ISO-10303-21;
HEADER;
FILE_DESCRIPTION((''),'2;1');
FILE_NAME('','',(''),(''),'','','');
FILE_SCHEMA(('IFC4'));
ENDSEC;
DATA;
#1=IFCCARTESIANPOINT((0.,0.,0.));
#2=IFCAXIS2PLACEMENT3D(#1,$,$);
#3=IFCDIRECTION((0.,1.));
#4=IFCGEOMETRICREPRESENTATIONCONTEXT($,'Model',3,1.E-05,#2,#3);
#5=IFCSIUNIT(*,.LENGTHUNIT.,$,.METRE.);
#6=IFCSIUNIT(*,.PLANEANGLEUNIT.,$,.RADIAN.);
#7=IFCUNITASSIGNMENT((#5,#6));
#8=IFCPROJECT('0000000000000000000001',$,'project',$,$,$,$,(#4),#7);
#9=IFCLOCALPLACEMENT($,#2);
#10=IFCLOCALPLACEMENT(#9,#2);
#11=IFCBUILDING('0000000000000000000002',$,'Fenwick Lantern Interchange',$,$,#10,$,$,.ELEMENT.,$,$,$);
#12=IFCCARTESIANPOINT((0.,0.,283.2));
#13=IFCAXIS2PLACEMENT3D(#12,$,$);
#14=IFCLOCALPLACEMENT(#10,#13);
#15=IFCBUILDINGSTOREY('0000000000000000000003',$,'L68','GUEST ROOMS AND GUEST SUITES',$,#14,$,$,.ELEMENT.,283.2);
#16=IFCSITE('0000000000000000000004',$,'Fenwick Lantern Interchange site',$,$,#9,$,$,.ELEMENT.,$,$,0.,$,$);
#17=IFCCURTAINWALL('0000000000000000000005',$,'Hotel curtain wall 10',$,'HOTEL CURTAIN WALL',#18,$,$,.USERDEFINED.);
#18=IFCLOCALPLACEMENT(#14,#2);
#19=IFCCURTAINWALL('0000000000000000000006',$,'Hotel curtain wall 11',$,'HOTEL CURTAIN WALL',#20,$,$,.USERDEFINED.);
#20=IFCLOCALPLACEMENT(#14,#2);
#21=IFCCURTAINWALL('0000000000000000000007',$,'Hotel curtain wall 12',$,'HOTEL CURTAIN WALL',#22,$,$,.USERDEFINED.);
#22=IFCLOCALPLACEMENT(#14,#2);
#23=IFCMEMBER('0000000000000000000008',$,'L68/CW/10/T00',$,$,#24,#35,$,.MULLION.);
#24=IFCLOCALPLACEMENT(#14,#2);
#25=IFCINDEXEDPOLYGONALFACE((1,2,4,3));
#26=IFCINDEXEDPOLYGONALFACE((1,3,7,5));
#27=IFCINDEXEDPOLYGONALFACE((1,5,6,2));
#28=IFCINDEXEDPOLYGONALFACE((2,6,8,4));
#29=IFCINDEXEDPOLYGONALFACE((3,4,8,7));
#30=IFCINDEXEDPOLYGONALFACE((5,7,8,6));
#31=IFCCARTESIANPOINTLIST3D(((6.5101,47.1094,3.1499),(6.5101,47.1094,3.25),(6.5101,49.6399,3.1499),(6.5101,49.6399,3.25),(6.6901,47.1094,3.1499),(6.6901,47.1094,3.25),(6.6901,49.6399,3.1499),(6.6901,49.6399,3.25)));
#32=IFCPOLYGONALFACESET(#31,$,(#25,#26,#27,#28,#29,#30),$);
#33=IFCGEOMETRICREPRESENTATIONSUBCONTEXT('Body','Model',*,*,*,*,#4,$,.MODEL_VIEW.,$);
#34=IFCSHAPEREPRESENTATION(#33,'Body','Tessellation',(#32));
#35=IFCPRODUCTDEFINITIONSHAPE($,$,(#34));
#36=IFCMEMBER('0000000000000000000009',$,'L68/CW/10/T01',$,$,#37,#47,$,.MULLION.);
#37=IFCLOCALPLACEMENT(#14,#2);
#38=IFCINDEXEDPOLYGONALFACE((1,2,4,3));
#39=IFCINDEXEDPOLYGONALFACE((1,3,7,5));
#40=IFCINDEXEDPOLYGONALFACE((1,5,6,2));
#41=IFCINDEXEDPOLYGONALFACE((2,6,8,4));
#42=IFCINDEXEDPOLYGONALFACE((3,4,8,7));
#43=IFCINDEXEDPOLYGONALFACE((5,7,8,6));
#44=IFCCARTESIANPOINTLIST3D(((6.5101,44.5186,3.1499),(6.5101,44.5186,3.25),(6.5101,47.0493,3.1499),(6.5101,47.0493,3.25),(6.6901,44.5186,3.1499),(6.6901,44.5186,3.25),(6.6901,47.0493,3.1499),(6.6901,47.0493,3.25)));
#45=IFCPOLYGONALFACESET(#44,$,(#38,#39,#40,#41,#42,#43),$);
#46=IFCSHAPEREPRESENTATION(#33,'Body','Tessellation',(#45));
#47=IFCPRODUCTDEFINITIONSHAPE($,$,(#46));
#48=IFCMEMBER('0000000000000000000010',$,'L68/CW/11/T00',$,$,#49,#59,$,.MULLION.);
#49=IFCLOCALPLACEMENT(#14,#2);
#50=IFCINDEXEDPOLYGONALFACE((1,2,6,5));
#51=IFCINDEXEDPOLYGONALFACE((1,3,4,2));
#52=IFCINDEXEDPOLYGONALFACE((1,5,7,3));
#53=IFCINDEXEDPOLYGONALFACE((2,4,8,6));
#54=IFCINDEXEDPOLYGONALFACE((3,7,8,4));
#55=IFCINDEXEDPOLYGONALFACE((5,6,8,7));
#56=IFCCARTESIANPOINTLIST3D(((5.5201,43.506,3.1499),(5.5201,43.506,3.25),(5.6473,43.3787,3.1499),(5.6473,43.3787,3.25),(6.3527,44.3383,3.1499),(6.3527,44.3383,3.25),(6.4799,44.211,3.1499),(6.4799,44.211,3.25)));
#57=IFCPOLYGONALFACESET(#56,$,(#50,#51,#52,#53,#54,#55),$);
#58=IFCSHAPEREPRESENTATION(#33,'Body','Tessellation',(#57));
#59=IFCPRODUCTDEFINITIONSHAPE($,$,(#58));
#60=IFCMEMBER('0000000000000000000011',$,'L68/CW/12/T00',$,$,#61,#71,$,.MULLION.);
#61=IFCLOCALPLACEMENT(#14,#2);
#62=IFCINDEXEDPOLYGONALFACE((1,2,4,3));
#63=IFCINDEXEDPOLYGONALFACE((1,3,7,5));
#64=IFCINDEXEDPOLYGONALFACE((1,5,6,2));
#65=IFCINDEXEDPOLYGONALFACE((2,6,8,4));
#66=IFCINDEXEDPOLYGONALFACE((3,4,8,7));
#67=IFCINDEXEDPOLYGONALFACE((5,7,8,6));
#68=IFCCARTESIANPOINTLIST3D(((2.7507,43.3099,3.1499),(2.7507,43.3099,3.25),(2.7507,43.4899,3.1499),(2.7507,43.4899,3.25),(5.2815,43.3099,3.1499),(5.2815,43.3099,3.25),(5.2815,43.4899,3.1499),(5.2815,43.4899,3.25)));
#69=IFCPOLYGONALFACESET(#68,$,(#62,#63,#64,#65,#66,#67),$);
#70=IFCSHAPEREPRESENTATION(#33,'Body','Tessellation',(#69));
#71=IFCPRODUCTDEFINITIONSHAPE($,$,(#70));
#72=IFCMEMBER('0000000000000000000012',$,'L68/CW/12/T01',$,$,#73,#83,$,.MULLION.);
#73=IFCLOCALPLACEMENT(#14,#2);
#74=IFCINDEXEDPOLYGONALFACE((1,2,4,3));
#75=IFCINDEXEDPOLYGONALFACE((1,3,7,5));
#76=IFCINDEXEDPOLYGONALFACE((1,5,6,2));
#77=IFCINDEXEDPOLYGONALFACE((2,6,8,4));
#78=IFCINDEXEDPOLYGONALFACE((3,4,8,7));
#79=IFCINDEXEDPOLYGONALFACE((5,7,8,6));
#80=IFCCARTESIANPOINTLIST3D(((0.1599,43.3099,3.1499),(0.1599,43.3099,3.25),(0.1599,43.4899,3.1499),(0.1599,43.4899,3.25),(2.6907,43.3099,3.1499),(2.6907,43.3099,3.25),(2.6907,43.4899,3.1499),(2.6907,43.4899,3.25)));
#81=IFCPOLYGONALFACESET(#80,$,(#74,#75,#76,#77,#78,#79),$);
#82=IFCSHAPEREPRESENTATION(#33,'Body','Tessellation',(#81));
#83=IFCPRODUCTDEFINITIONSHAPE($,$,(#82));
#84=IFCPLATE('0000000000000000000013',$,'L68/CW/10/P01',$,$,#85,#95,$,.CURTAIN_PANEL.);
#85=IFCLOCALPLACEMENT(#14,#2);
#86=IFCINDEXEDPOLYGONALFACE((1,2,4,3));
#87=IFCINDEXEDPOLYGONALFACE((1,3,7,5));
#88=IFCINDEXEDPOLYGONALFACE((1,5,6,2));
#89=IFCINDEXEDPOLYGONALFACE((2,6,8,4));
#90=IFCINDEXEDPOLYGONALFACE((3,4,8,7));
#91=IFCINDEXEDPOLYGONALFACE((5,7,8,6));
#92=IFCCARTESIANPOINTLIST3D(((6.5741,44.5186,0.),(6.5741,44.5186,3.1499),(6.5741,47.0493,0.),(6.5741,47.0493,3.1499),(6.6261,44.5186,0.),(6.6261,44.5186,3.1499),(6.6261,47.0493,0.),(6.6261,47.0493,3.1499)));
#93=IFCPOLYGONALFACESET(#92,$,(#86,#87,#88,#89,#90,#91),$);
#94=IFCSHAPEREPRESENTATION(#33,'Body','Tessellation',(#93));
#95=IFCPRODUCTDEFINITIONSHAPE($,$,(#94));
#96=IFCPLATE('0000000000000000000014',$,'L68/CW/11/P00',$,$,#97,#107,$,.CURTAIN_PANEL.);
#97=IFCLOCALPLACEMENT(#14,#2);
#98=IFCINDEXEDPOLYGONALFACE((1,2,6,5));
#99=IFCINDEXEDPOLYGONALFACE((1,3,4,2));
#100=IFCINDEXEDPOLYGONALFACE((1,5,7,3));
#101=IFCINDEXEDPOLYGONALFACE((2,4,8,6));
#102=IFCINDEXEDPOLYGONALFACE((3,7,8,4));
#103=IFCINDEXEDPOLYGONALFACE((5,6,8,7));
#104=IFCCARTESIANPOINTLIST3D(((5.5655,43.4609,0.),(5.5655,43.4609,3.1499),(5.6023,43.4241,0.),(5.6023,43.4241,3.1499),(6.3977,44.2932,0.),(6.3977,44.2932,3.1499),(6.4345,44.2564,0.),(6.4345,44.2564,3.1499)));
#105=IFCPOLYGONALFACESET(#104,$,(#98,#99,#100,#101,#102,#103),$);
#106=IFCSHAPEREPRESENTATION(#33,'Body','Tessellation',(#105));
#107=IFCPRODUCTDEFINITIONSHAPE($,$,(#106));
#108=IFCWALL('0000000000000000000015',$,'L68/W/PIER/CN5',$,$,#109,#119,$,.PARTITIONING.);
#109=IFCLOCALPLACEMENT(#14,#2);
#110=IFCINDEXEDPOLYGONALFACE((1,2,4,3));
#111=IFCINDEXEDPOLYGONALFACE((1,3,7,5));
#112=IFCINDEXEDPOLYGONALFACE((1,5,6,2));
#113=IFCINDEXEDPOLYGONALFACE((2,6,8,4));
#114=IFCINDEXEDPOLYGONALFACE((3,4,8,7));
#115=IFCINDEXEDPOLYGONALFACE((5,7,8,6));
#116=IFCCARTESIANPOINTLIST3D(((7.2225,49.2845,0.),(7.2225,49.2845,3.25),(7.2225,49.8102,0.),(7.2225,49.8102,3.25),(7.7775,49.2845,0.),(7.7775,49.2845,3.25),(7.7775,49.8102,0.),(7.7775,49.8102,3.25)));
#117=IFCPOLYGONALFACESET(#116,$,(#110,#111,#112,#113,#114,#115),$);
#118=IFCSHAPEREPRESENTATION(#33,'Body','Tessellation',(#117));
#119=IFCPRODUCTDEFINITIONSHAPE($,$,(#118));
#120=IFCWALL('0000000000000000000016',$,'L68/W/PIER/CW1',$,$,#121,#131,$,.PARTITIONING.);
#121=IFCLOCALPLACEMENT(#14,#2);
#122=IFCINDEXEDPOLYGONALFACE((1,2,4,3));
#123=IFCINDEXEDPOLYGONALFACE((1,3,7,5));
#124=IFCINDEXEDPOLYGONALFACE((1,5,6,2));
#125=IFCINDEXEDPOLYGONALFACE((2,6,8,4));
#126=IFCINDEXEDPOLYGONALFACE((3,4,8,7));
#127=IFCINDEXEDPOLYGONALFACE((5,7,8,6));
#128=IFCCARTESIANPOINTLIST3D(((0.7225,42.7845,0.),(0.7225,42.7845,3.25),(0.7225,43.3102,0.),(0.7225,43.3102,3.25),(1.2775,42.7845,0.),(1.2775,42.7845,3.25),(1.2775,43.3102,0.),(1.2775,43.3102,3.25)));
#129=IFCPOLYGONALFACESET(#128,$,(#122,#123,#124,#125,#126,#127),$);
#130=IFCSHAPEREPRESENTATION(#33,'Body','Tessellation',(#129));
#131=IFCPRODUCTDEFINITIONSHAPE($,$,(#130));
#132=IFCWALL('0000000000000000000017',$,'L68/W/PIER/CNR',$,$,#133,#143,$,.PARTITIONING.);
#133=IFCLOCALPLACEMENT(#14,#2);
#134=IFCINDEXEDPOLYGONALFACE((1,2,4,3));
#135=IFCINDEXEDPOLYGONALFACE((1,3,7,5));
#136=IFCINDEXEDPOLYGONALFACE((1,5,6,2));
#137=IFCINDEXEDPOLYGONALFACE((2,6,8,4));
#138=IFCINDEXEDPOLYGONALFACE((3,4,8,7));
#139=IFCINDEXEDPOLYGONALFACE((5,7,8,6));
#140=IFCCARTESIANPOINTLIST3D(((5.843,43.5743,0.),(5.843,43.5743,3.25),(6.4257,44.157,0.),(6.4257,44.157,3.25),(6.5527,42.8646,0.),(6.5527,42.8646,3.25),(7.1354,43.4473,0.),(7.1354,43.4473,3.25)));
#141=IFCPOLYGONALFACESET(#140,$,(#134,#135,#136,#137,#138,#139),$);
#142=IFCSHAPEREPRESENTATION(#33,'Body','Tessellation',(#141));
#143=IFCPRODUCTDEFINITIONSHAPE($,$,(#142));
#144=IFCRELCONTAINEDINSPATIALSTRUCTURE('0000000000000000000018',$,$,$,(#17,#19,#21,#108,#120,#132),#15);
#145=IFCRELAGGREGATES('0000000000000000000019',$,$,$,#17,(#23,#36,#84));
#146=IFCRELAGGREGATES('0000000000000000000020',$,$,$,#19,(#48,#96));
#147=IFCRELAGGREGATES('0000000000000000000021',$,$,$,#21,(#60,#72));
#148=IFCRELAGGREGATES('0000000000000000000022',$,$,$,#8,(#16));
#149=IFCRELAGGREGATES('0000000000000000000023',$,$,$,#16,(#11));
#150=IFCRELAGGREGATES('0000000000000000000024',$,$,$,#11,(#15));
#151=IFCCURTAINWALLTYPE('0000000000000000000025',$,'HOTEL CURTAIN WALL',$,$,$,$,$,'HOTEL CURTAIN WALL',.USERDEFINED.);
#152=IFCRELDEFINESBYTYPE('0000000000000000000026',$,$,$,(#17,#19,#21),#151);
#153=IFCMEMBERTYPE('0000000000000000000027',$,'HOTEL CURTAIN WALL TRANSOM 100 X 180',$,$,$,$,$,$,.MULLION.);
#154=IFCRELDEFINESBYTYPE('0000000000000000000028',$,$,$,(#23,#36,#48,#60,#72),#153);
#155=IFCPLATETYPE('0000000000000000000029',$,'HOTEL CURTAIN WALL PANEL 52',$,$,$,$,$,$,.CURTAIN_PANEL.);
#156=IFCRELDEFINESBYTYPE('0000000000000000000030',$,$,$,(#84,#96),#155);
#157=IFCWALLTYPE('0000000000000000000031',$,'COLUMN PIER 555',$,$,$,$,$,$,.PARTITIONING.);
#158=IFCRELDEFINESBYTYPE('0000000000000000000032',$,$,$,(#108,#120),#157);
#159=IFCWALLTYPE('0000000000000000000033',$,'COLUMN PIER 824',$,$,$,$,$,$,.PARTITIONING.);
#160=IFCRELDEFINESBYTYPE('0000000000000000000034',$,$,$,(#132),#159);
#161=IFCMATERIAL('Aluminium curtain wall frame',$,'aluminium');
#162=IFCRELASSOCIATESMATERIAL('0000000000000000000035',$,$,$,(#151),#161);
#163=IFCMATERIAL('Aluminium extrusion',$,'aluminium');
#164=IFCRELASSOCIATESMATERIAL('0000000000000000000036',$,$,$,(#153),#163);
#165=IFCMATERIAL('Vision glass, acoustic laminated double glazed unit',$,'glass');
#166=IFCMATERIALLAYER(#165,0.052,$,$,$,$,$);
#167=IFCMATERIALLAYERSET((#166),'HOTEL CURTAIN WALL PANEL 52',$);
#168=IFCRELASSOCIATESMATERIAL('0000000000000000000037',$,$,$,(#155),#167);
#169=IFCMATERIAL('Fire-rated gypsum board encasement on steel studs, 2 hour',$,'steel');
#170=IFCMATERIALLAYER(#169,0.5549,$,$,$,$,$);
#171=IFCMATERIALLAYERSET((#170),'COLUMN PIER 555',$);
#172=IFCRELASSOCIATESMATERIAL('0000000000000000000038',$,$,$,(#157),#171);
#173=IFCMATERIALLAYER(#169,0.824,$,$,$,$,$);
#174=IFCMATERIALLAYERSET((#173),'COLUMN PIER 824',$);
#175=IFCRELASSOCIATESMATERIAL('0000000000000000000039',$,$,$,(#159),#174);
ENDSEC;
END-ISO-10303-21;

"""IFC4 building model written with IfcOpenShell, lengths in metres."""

from ifc_helpers import new_model, si_unit, direction, frame, frame_2d, origin, origin_2d, place, context, subcontext, project, spatial, rectangle, extrude, material, layer, layer_set, material_profile, profile_set, type_object, element, aggregate, save


model = new_model("IFC4")

# Units and contexts
model_context = context("Model", 3, precision=1e-05, world=origin(), true_north=direction((0.0, 1.0)))
body_context = subcontext(model_context, "Body", "Model", "MODEL_VIEW")
ifc_project = project(units=[si_unit("LENGTHUNIT", "METRE"), si_unit("PLANEANGLEUNIT", "RADIAN")], contexts=[model_context])

# Site, building, storey
site_placement = place(None, origin())
site = spatial("IfcSite", under=ifc_project, at=site_placement, Name="Fenwick Lantern Interchange site", CompositionType="ELEMENT", RefElevation=0.0)
building_placement = place(site_placement, origin())
building = spatial("IfcBuilding", under=site, at=building_placement, Name="Fenwick Lantern Interchange", CompositionType="ELEMENT")
storey_placement = place(building_placement, frame((0.0, 0.0, 283.2)))
storey = spatial("IfcBuildingStorey", under=building, at=storey_placement, Name="L68", Description="GUEST ROOMS AND GUEST SUITES", CompositionType="ELEMENT", Elevation=283.2)

# Shared definitions
ifc_material_1 = material(Name="Aluminium curtain wall frame", Category="aluminium")
curtain_wall_type = type_object("IfcCurtainWallType", Name="HOTEL CURTAIN WALL", ElementType="HOTEL CURTAIN WALL", PredefinedType="USERDEFINED", material=ifc_material_1)
ifc_material_2 = material(Name="Aluminium extrusion", Category="aluminium")

# Curtain walls
curtain_wall_1_placement = place(storey_placement, origin())
curtain_wall_1 = element("IfcCurtainWall", 1, at=curtain_wall_1_placement, inside=storey, type_object=curtain_wall_type, Name="Hotel curtain wall 10", ObjectType="HOTEL CURTAIN WALL", PredefinedType="USERDEFINED")
curtain_wall_2_placement = place(storey_placement, origin())
curtain_wall_2 = element("IfcCurtainWall", 2, at=curtain_wall_2_placement, inside=storey, type_object=curtain_wall_type, Name="Hotel curtain wall 11", ObjectType="HOTEL CURTAIN WALL", PredefinedType="USERDEFINED")
curtain_wall_3_placement = place(storey_placement, origin())
curtain_wall_3 = element("IfcCurtainWall", 3, at=curtain_wall_3_placement, inside=storey, type_object=curtain_wall_type, Name="Hotel curtain wall 12", ObjectType="HOTEL CURTAIN WALL", PredefinedType="USERDEFINED")

# Members
ifc_material_profile_1 = material_profile(ifc_material_2, rectangle(XDim=0.1799, YDim=0.1001, at=origin_2d()), Name="HOTEL CURTAIN WALL TRANSOM 100 X 180")
ifc_profile_set_1 = profile_set([ifc_material_profile_1], Name="Aluminium extrusion")
member_type_1 = type_object("IfcMemberType", Name="HOTEL CURTAIN WALL TRANSOM 100 X 180", PredefinedType="MULLION", material=ifc_profile_set_1)
member_1_placement = place(storey_placement, frame((6.6001, 49.6399, 3.2), z_axis=(0.0, -1.0, 0.0), x_axis=(1.0, 0.0, 0.0)))
member_1 = element("IfcMember", 4, at=member_1_placement, type_object=member_type_1, Name="L68/CW/10/T00", PredefinedType="MULLION", context=body_context, shape_type="SweptSolid", body=[
    extrude(rectangle(XDim=0.1799, YDim=0.1001, at=origin_2d()), origin(), (0.0, 0.0, 1.0), 2.5305),
])
member_2_placement = place(storey_placement, frame((6.6001, 47.0493, 3.2), z_axis=(0.0, -1.0, 0.0), x_axis=(1.0, 0.0, 0.0)))
member_2 = element("IfcMember", 5, at=member_2_placement, type_object=member_type_1, Name="L68/CW/10/T01", PredefinedType="MULLION", context=body_context, shape_type="SweptSolid", body=[
    extrude(rectangle(XDim=0.1799, YDim=0.1001, at=origin_2d()), origin(), (0.0, 0.0, 1.0), 2.5308),
])
member_3_placement = place(storey_placement, frame((6.4163, 44.2747, 3.2), z_axis=(-0.70721, -0.707003, 0.0), x_axis=(0.707003, -0.70721, 0.0)))
member_3 = element("IfcMember", 6, at=member_3_placement, type_object=member_type_1, Name="L68/CW/11/T00", PredefinedType="MULLION", context=body_context, shape_type="SweptSolid", body=[
    extrude(rectangle(XDim=0.1799, YDim=0.1001, at=origin_2d()), origin(), (0.0, 0.0, 1.0), 1.1772),
])
member_4_placement = place(storey_placement, frame((5.2815, 43.3999, 3.2), z_axis=(-1.0, 0.0, 0.0), x_axis=(0.0, -1.0, 0.0)))
member_4 = element("IfcMember", 7, at=member_4_placement, type_object=member_type_1, Name="L68/CW/12/T00", PredefinedType="MULLION", context=body_context, shape_type="SweptSolid", body=[
    extrude(rectangle(XDim=0.1799, YDim=0.1001, at=origin_2d()), origin(), (0.0, 0.0, 1.0), 2.5308),
])
member_5_placement = place(storey_placement, frame((2.6907, 43.3999, 3.2), z_axis=(-1.0, 0.0, 0.0), x_axis=(0.0, -1.0, 0.0)))
member_5 = element("IfcMember", 8, at=member_5_placement, type_object=member_type_1, Name="L68/CW/12/T01", PredefinedType="MULLION", context=body_context, shape_type="SweptSolid", body=[
    extrude(rectangle(XDim=0.1799, YDim=0.1001, at=origin_2d()), origin(), (0.0, 0.0, 1.0), 2.5308),
])

# Plates
ifc_material_3 = material(Name="Vision glass, acoustic laminated double glazed unit", Category="glass")
ifc_layer_1 = layer(ifc_material_3, 0.052)
ifc_layer_set_1 = layer_set([ifc_layer_1], Name="HOTEL CURTAIN WALL PANEL 52")
plate_type = type_object("IfcPlateType", Name="HOTEL CURTAIN WALL PANEL 52", PredefinedType="CURTAIN_PANEL", material=ifc_layer_set_1)
plate_1_placement = place(storey_placement, frame((6.6001, 45.7839, 0.0), z_axis=(0.0, 0.0, 1.0), x_axis=(0.0, -1.0, 0.0)))
plate_1 = element("IfcPlate", 9, at=plate_1_placement, type_object=plate_type, Name="L68/CW/10/P01", PredefinedType="CURTAIN_PANEL", context=body_context, shape_type="SweptSolid", body=[
    extrude(rectangle(XDim=2.5308, YDim=0.052, at=origin_2d()), origin(), (0.0, 0.0, 1.0), 3.1499),
])
aggregate(curtain_wall_1, [member_1, member_2, plate_1])
plate_2_placement = place(storey_placement, frame((6.0, 43.8586, 0.0), z_axis=(0.0, 0.0, 1.0), x_axis=(-0.707107, -0.707107, 0.0)))
plate_2 = element("IfcPlate", 10, at=plate_2_placement, type_object=plate_type, Name="L68/CW/11/P00", PredefinedType="CURTAIN_PANEL", context=body_context, shape_type="SweptSolid", body=[
    extrude(rectangle(XDim=1.177, YDim=0.052, at=origin_2d()), origin(), (0.0, 0.0, 1.0), 3.1499),
])
aggregate(curtain_wall_2, [member_3, plate_2])
aggregate(curtain_wall_3, [member_4, member_5])

# Walls
ifc_material_4 = material(Name="Fire-rated gypsum board encasement on steel studs, 2 hour", Category="steel")
ifc_layer_2 = layer(ifc_material_4, 0.5549)
ifc_layer_set_2 = layer_set([ifc_layer_2], Name="COLUMN PIER 555")
wall_type_1 = type_object("IfcWallType", Name="COLUMN PIER 555", PredefinedType="PARTITIONING", material=ifc_layer_set_2)
for number, where, z_axis, x_axis, name in (
    (11, (7.5, 49.8101, 0.0), (0.0, 0.0, 1.0), (0.0, -1.0, 0.0), "L68/W/PIER/CN5"),
    (12, (1.0, 43.3101, 0.0), (0.0, 0.0, 1.0), (0.0, -1.0, 0.0), "L68/W/PIER/CW1"),
):
    element("IfcWall", number, at=place(storey_placement, frame(where, z_axis=z_axis, x_axis=x_axis)), inside=storey, type_object=wall_type_1, Name=name, PredefinedType="PARTITIONING", context=body_context, shape_type="SweptSolid", body=[
        extrude(rectangle(XDim=0.5256, YDim=0.5549, at=frame_2d((0.2627, 0.0))), origin(), (0.0, 0.0, 1.0), 3.25),
    ])
ifc_layer_3 = layer(ifc_material_4, 0.824)
ifc_layer_set_3 = layer_set([ifc_layer_3], Name="COLUMN PIER 824")
wall_type_2 = type_object("IfcWallType", Name="COLUMN PIER 824", PredefinedType="PARTITIONING", material=ifc_layer_set_3)
wall_placement = place(storey_placement, frame((6.1343, 43.8657, 0.0), z_axis=(0.0, 0.0, 1.0), x_axis=(0.707107, -0.707107, 0.0)))
element("IfcWall", 13, at=wall_placement, inside=storey, type_object=wall_type_2, Name="L68/W/PIER/CNR", PredefinedType="PARTITIONING", context=body_context, shape_type="SweptSolid", body=[
    extrude(rectangle(XDim=1.0037, YDim=0.824, at=frame_2d((0.502, 0.0))), origin(), (0.0, 0.0, 1.0), 3.25),
])

save(model, "model.ifc")
